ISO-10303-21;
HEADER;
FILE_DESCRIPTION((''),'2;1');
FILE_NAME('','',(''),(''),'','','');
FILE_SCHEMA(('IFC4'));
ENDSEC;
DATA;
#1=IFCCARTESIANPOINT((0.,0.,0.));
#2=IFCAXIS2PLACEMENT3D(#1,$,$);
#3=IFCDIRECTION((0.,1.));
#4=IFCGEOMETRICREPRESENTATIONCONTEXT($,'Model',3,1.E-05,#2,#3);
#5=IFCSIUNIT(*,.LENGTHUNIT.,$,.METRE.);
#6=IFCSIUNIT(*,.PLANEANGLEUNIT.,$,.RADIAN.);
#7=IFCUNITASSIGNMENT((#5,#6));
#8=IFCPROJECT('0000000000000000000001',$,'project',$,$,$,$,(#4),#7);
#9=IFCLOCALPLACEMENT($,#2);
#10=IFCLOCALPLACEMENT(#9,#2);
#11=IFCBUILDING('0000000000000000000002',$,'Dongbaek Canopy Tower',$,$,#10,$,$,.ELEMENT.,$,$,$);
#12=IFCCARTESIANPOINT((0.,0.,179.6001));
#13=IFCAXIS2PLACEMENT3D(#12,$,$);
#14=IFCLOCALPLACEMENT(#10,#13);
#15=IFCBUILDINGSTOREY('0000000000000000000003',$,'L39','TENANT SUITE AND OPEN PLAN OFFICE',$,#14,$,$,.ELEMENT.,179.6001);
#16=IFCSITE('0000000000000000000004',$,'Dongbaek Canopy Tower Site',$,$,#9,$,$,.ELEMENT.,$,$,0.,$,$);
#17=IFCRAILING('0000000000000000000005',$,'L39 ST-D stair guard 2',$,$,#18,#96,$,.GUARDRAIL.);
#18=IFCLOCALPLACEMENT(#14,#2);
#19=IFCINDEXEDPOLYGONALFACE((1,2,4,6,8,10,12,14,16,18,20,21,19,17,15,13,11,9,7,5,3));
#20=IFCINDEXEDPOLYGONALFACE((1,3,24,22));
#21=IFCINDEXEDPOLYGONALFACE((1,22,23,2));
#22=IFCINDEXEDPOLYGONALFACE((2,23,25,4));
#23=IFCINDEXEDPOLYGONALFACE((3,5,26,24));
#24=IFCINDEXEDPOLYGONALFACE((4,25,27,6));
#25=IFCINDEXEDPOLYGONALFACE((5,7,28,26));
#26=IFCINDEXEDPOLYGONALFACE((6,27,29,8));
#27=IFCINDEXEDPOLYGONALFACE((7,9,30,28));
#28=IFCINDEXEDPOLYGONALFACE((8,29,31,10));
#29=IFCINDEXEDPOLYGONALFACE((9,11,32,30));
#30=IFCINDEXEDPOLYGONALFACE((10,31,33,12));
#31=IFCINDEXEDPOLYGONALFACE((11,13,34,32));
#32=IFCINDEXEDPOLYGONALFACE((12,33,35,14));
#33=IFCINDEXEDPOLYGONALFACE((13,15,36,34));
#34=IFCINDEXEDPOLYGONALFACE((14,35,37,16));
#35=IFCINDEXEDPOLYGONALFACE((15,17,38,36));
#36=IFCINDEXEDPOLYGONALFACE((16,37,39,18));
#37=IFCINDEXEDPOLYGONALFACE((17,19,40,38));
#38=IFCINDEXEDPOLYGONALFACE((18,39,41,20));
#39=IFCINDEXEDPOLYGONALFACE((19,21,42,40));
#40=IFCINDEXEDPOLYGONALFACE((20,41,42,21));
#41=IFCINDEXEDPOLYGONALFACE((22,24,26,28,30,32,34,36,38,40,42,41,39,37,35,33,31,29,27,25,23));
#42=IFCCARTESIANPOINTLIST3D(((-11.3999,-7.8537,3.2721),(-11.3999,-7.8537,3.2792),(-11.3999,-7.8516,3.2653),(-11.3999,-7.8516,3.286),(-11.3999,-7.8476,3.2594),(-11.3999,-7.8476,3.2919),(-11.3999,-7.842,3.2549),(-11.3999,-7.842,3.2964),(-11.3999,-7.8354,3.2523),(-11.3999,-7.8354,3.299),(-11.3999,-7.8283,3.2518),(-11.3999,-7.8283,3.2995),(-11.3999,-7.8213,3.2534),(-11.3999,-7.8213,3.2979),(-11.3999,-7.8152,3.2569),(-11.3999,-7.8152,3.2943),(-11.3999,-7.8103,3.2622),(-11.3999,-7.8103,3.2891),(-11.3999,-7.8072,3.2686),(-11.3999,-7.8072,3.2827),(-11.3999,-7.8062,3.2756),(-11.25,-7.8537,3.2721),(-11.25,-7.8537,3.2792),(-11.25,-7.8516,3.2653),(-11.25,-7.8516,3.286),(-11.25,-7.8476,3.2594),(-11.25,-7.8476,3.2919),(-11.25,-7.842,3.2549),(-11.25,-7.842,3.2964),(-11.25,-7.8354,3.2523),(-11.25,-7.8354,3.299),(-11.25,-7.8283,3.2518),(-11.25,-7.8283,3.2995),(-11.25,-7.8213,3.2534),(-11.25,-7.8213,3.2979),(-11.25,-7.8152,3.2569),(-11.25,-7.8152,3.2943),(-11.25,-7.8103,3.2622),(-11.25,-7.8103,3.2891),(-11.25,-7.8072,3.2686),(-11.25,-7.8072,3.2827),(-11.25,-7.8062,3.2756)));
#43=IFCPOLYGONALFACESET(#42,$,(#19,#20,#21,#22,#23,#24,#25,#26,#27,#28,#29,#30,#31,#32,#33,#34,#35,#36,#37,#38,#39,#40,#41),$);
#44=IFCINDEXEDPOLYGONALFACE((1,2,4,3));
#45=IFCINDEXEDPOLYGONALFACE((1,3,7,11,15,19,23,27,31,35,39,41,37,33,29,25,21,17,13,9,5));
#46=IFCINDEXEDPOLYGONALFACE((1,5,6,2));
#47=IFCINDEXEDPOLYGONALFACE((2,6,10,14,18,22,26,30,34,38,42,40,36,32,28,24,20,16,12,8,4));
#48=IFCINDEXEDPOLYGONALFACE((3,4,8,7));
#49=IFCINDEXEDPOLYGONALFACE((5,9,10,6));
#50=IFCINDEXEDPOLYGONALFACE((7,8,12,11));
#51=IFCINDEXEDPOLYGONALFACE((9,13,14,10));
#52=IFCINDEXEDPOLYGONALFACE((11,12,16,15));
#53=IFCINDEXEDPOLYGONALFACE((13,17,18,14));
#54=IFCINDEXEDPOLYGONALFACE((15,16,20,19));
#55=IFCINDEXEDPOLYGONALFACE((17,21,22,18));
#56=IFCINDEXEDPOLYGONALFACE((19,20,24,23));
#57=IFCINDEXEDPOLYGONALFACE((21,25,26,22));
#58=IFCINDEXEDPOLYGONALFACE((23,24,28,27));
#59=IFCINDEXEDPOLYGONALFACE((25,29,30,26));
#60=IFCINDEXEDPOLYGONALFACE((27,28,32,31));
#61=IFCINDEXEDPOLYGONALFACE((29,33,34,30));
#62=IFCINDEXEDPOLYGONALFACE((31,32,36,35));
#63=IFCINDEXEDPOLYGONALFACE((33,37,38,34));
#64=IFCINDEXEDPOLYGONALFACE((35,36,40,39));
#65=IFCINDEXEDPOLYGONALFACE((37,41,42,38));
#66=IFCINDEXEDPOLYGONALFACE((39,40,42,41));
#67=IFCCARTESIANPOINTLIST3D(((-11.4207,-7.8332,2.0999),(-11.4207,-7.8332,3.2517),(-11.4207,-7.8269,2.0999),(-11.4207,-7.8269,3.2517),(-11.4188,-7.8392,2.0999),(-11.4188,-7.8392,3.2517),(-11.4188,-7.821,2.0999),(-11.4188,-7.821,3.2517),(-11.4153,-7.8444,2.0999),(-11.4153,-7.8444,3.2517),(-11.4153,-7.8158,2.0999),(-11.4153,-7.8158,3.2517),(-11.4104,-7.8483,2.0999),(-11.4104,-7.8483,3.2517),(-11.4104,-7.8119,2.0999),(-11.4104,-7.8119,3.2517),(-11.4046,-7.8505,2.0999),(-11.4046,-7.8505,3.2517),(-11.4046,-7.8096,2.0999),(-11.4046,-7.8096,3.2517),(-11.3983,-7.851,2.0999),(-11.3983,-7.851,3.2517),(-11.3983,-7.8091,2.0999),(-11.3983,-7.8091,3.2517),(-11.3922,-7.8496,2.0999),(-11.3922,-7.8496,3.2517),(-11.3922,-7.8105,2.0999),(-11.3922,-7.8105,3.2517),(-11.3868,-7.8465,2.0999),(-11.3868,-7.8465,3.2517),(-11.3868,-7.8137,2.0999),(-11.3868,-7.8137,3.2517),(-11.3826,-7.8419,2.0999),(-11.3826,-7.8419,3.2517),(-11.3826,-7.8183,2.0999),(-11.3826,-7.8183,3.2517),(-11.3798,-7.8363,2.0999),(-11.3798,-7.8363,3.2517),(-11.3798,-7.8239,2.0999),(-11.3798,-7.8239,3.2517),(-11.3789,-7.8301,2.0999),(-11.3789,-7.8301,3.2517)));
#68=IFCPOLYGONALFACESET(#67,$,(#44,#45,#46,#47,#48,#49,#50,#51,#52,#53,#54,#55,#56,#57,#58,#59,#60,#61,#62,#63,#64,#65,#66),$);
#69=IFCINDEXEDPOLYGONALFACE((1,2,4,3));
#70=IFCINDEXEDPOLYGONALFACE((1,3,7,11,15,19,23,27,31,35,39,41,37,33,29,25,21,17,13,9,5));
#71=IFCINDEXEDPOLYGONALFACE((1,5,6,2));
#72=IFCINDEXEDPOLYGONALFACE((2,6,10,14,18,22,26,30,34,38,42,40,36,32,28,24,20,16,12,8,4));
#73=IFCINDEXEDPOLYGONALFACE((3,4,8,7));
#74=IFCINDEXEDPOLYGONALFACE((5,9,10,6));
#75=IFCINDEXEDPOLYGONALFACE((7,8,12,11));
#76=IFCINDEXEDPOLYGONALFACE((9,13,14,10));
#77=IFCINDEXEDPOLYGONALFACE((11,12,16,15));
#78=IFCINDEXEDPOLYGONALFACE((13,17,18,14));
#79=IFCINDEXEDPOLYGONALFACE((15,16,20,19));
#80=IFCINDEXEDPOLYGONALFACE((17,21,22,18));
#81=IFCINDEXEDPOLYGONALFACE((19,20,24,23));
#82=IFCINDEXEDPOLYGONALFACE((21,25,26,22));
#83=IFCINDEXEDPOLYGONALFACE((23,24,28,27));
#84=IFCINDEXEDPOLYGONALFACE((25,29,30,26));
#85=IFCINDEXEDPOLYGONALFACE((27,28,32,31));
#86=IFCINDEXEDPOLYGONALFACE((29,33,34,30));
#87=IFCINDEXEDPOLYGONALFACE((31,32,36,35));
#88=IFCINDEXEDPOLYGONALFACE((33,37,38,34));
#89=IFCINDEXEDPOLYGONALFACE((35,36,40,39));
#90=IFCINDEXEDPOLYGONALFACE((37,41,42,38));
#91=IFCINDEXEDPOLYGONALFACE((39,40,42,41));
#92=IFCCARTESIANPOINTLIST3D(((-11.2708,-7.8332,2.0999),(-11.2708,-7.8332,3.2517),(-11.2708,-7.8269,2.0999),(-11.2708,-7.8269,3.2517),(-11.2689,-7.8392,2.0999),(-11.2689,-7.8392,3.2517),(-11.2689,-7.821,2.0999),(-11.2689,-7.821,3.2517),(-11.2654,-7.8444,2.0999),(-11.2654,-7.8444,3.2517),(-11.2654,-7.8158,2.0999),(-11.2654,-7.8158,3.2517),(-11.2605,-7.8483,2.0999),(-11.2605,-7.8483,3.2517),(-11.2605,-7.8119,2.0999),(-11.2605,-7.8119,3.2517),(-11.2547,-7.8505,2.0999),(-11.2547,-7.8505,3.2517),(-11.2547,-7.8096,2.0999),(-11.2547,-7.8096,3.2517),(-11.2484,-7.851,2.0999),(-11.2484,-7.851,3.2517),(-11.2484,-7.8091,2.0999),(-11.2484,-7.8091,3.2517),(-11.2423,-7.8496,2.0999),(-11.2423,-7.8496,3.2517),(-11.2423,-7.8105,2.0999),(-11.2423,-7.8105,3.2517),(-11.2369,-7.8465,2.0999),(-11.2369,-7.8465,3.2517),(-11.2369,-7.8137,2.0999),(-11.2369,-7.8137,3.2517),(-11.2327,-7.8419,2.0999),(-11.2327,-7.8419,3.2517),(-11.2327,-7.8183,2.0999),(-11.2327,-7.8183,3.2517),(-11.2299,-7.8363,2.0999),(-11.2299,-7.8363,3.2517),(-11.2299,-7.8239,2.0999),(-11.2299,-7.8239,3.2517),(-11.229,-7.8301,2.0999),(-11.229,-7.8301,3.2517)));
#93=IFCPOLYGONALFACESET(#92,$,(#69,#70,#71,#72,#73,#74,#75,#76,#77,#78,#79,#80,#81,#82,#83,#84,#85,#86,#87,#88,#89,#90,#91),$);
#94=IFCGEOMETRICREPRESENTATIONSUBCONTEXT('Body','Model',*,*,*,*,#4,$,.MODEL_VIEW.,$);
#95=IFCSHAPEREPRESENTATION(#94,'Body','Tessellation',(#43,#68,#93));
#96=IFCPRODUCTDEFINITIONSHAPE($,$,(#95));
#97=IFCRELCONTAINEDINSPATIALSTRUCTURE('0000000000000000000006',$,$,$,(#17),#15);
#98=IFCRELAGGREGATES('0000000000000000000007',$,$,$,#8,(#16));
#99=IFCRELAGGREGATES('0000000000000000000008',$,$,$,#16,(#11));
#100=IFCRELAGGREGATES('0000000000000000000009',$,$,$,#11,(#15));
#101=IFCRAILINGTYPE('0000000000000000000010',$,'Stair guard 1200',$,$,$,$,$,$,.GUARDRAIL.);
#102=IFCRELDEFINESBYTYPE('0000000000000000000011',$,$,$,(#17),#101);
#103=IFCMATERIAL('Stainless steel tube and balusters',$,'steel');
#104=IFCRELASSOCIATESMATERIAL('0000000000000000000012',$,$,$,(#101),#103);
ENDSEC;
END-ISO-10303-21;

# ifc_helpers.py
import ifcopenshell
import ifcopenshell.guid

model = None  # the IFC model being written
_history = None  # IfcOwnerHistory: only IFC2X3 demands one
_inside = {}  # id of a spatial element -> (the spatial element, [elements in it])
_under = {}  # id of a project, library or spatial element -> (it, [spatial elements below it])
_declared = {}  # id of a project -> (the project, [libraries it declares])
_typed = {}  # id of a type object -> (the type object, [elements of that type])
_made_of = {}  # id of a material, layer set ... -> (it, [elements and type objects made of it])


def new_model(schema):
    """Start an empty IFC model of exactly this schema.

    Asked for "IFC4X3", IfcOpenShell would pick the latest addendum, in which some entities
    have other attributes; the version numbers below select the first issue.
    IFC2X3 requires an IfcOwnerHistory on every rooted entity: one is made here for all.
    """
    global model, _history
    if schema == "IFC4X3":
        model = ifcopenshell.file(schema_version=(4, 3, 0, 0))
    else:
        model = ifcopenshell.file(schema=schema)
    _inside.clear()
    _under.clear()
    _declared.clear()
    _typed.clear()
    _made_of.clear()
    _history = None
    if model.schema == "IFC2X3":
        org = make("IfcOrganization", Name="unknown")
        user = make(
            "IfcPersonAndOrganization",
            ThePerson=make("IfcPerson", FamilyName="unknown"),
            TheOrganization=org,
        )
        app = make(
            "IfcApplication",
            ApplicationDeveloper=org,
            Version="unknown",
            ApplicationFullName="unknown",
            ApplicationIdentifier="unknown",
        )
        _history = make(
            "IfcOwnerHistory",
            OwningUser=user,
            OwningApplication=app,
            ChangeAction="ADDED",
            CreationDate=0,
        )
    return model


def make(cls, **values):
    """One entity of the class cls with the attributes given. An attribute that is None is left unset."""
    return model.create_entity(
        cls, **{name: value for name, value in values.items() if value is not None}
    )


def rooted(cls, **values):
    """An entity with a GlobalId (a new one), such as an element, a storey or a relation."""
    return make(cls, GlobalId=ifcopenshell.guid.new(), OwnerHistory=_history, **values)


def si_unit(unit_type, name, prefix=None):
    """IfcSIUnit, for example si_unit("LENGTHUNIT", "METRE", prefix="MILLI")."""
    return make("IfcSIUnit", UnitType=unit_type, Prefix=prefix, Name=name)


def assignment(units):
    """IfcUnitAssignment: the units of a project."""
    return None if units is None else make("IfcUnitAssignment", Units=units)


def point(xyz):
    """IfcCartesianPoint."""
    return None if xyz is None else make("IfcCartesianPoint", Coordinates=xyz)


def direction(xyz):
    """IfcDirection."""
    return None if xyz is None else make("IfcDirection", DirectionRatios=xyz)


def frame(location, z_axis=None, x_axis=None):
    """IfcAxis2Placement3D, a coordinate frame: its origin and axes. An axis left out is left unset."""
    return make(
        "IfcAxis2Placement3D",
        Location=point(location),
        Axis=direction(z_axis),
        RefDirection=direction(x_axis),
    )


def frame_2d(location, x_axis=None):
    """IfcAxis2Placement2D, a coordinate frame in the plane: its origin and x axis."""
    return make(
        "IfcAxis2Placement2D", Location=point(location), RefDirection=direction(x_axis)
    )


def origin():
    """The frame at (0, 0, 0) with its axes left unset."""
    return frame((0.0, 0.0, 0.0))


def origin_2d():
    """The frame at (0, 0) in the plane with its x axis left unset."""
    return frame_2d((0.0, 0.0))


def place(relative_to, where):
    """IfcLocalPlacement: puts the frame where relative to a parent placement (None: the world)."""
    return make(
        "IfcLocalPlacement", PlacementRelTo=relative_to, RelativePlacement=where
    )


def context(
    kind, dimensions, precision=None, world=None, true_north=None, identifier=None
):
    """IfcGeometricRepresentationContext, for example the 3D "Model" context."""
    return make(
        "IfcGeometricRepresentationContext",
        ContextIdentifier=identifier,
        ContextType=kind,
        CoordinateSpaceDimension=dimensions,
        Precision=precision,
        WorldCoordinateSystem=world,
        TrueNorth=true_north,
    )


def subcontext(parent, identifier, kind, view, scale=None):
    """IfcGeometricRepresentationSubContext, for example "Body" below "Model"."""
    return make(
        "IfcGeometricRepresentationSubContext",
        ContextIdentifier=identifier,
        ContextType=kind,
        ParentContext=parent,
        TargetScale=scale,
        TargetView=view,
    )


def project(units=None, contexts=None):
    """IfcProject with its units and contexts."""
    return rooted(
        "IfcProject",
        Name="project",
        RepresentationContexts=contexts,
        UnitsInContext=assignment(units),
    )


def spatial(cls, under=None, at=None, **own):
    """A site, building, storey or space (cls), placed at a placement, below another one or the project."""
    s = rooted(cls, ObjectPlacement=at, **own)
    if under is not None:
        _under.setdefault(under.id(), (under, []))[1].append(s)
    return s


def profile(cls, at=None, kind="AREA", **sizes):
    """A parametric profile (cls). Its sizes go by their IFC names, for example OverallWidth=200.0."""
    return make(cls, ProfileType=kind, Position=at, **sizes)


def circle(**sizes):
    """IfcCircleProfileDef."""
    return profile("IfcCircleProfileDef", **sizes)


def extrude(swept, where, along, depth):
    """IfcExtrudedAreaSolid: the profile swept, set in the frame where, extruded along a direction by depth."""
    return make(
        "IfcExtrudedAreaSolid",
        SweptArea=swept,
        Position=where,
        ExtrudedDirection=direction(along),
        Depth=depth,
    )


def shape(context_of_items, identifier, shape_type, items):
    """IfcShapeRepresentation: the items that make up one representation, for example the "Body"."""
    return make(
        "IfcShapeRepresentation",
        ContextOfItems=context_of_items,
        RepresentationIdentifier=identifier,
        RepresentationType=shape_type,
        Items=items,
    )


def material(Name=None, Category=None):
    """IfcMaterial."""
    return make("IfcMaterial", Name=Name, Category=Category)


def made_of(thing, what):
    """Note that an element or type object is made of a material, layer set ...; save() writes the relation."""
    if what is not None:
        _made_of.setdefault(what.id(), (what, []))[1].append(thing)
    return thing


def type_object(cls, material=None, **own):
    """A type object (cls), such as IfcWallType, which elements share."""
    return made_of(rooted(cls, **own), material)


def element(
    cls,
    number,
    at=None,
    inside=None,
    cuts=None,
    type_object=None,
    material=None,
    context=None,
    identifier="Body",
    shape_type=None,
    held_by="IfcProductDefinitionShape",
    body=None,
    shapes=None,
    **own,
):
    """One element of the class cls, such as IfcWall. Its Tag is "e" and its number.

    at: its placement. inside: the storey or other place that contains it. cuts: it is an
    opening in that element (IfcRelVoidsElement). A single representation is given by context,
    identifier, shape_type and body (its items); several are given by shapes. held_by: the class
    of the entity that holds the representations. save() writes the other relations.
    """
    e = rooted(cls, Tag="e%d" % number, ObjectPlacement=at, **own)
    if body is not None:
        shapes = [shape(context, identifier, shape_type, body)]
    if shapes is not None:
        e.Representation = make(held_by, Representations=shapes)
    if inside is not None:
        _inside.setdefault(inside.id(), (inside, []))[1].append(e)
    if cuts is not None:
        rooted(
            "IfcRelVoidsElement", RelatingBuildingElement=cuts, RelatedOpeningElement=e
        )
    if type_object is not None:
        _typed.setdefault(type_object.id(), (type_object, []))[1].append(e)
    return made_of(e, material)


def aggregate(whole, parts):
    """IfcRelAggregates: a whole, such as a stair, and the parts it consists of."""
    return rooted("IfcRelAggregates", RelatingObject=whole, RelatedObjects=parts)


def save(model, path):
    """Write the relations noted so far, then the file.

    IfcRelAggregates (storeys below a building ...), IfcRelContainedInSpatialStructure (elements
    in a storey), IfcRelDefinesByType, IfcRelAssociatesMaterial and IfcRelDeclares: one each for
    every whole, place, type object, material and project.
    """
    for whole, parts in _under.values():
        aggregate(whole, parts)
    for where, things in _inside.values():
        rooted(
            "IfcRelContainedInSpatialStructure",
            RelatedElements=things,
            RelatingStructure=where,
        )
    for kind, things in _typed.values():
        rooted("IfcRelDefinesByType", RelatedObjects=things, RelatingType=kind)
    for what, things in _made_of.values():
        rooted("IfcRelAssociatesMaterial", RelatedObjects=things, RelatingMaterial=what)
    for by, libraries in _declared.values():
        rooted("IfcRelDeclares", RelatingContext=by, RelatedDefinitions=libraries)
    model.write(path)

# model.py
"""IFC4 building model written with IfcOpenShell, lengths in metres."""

from ifc_helpers import new_model, si_unit, direction, frame, origin, origin_2d, place, context, subcontext, project, spatial, circle, extrude, material, type_object, element, save


model = new_model("IFC4")

# Units and contexts
model_context = context("Model", 3, precision=1e-05, world=origin(), true_north=direction((0.0, 1.0)))
body_context = subcontext(model_context, "Body", "Model", "MODEL_VIEW")
ifc_project = project(units=[si_unit("LENGTHUNIT", "METRE"), si_unit("PLANEANGLEUNIT", "RADIAN")], contexts=[model_context])

# Site, building, storey
site_placement = place(None, origin())
site = spatial("IfcSite", under=ifc_project, at=site_placement, Name="Dongbaek Canopy Tower Site", CompositionType="ELEMENT", RefElevation=0.0)
building_placement = place(site_placement, origin())
building = spatial("IfcBuilding", under=site, at=building_placement, Name="Dongbaek Canopy Tower", CompositionType="ELEMENT")
storey_placement = place(building_placement, frame((0.0, 0.0, 179.6001)))
storey = spatial("IfcBuildingStorey", under=building, at=storey_placement, Name="L39", Description="TENANT SUITE AND OPEN PLAN OFFICE", CompositionType="ELEMENT", Elevation=179.6001)

# Railing
ifc_material_1 = material(Name="Stainless steel tube and balusters", Category="steel")
railing_type_1 = type_object("IfcRailingType", Name="Stair guard 1200", PredefinedType="GUARDRAIL", material=ifc_material_1)
railing_1_placement = place(storey_placement, frame((-11.3999, -7.8301, 2.0999)))
element("IfcRailing", 1, at=railing_1_placement, inside=storey, type_object=railing_type_1, Name="L39 ST-D stair guard 2", PredefinedType="GUARDRAIL", context=body_context, shape_type="SweptSolid", body=[
    extrude(circle(Radius=0.0239, at=origin_2d()), frame((0.0, 0.0, 1.1758), z_axis=(1.0, 0.0, 0.0), x_axis=(0.0, 1.0, 0.0)), (0.0, 0.0, 1.0), 0.1499),
    extrude(circle(Radius=0.021, at=origin_2d()), origin(), (0.0, 0.0, 1.0), 1.1519),
    extrude(circle(Radius=0.021, at=origin_2d()), frame((0.1499, 0.0, 0.0)), (0.0, 0.0, 1.0), 1.1519),
])

save(model, "model.ifc")
